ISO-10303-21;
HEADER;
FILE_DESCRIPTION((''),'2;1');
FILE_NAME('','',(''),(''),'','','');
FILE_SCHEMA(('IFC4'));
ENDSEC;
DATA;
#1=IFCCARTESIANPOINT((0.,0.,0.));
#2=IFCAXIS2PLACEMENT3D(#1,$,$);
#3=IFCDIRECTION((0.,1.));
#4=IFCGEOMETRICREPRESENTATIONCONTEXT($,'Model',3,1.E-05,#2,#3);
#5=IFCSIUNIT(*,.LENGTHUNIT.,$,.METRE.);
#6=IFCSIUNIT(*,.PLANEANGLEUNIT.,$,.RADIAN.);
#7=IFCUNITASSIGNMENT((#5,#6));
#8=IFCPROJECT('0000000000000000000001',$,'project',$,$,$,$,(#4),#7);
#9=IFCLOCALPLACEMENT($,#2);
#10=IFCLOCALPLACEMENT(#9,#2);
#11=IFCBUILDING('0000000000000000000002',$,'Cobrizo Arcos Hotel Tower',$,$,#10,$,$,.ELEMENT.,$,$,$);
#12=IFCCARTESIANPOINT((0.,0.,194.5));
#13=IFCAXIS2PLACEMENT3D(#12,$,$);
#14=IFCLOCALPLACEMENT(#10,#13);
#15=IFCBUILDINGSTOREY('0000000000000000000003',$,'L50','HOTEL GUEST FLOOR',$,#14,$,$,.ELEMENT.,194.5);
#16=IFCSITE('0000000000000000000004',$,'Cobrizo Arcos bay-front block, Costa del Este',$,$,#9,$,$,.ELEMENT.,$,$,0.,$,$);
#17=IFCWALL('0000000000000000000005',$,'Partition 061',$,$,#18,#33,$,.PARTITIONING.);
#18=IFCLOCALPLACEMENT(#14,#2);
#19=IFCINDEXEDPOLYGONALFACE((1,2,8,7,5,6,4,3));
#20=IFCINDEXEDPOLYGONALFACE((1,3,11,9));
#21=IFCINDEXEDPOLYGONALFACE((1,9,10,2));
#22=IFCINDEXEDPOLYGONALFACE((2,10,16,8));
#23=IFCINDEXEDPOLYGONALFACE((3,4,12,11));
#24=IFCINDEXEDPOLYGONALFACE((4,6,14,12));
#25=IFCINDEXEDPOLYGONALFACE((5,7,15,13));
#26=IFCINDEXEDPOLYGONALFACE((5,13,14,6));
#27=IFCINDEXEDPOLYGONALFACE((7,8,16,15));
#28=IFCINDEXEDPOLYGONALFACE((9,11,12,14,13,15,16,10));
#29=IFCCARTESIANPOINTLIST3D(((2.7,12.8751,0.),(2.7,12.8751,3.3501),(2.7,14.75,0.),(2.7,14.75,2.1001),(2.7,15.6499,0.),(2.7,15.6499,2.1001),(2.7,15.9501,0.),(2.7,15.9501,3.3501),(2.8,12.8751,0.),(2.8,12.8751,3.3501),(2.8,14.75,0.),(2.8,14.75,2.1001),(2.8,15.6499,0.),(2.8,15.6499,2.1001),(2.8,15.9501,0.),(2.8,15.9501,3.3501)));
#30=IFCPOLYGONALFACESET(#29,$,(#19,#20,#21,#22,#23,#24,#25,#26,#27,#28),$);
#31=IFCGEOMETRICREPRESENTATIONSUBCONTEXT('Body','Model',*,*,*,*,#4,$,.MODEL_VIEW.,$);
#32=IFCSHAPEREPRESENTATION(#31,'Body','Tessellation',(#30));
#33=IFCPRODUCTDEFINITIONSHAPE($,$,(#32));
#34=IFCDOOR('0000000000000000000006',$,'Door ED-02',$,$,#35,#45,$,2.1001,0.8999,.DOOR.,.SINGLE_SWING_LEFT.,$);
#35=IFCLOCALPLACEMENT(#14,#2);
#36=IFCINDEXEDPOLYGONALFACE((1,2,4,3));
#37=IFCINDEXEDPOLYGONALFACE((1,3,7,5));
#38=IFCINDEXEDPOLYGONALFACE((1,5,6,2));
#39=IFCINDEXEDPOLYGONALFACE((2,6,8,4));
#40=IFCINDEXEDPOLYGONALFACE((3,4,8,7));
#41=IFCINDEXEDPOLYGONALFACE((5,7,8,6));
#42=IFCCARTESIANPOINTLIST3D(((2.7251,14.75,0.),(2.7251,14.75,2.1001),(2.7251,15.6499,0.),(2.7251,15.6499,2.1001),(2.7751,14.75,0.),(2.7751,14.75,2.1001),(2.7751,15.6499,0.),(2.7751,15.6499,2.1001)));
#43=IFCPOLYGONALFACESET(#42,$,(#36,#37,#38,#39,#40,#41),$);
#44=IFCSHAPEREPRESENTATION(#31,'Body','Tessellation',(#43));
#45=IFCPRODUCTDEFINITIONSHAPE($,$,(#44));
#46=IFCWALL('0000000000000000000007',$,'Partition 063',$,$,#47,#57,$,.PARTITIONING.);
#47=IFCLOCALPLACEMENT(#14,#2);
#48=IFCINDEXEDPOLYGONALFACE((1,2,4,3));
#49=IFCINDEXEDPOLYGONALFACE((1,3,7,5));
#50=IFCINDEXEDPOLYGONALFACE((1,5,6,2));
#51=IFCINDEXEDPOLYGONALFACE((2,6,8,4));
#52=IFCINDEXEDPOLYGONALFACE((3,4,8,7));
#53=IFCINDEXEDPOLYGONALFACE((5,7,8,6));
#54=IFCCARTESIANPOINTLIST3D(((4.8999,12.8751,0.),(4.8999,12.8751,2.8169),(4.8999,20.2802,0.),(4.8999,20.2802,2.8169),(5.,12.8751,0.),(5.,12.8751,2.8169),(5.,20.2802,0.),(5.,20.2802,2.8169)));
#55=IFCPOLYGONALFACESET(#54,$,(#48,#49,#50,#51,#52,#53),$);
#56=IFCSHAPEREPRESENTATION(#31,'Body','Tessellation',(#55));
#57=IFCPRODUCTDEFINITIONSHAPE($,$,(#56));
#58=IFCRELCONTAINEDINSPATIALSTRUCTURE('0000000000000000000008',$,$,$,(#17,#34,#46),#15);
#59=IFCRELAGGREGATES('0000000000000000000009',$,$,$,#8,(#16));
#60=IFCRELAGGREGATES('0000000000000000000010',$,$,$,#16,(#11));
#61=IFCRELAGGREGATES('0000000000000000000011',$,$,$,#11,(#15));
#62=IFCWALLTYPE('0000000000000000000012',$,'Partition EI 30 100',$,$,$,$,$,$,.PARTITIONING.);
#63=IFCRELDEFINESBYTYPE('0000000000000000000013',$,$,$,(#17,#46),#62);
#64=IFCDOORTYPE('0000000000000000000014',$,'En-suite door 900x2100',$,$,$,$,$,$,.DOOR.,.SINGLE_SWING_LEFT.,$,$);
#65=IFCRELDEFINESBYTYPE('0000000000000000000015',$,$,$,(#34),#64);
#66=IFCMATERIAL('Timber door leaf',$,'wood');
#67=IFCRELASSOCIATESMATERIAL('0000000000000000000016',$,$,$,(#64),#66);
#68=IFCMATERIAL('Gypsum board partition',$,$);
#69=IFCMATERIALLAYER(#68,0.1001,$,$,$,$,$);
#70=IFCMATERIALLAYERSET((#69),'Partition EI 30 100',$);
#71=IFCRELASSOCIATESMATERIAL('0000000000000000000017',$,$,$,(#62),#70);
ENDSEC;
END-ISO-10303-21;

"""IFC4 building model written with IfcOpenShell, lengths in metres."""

from ifc_helpers import new_model, si_unit, direction, frame, frame_2d, origin, place, context, subcontext, project, spatial, rectangle, extrude, material, layer, layer_set, type_object, element, fill, save


model = new_model("IFC4")

# Units and contexts
model_context = context("Model", 3, precision=1e-05, world=origin(), true_north=direction((0.0, 1.0)))
body_context = subcontext(model_context, "Body", "Model", "MODEL_VIEW")
ifc_project = project(units=[si_unit("LENGTHUNIT", "METRE"), si_unit("PLANEANGLEUNIT", "RADIAN")], contexts=[model_context])

# Site, building, storey
site_placement = place(None, origin())
site = spatial("IfcSite", under=ifc_project, at=site_placement, Name="Cobrizo Arcos bay-front block, Costa del Este", CompositionType="ELEMENT", RefElevation=0.0)
building_placement = place(site_placement, origin())
building = spatial("IfcBuilding", under=site, at=building_placement, Name="Cobrizo Arcos Hotel Tower", CompositionType="ELEMENT")
storey_placement = place(building_placement, frame((0.0, 0.0, 194.5)))
storey = spatial("IfcBuildingStorey", under=building, at=storey_placement, Name="L50", Description="HOTEL GUEST FLOOR", CompositionType="ELEMENT", Elevation=194.5)

# Shared definitions
ifc_material_1 = material(Name="Gypsum board partition")

# Shared definitions
ifc_material_2 = material(Name="Timber door leaf", Category="wood")
door_type = type_object("IfcDoorType", Name="En-suite door 900x2100", OperationType="SINGLE_SWING_LEFT", PredefinedType="DOOR", material=ifc_material_2)

# Shared definitions
ifc_layer_1 = layer(ifc_material_1, 0.1001)
ifc_layer_set_1 = layer_set([ifc_layer_1], Name="Partition EI 30 100")
wall_type_1 = type_object("IfcWallType", Name="Partition EI 30 100", PredefinedType="PARTITIONING", material=ifc_layer_set_1)

# Wall, opening, door
wall_1_placement = place(storey_placement, frame((2.75, 12.875, 0.0), z_axis=(0.0, 0.0, 1.0), x_axis=(0.0, 1.0, 0.0)))
wall_1 = element("IfcWall", 1, at=wall_1_placement, inside=storey, type_object=wall_type_1, Name="Partition 061", PredefinedType="PARTITIONING", context=body_context, shape_type="SweptSolid", body=[
    extrude(rectangle(XDim=3.075, YDim=0.1001, at=frame_2d((1.5376, 0.0))), origin(), (0.0, 0.0, 1.0), 3.3501),
])
opening_1_placement = place(wall_1_placement, frame((1.875, 0.0, 0.0)))
opening_1 = element("IfcOpeningElement", 2, at=opening_1_placement, cuts=wall_1, PredefinedType="OPENING", context=body_context, shape_type="SweptSolid", body=[
    extrude(rectangle(XDim=0.8999, YDim=2.1001, at=frame_2d((0.45, 1.05))), frame((0.0, 0.062, 0.0), z_axis=(0.0, -1.0, 0.0), x_axis=(1.0, 0.0, 0.0)), (0.0, 0.0, 1.0), 0.124),
])
door_1_placement = place(opening_1_placement, origin())
door_1 = element("IfcDoor", 3, at=door_1_placement, inside=storey, type_object=door_type, Name="Door ED-02", OperationType="SINGLE_SWING_LEFT", OverallHeight=2.1001, OverallWidth=0.8999, PredefinedType="DOOR", context=body_context, shape_type="SweptSolid", body=[
    extrude(rectangle(XDim=0.8999, YDim=2.1001, at=frame_2d((0.45, 1.05))), frame((0.0, 0.0249, 0.0), z_axis=(0.0, -1.0, 0.0), x_axis=(1.0, 0.0, 0.0)), (0.0, 0.0, 1.0), 0.05),
])
fill(opening_1, door_1)

# Wall
wall_2_placement = place(storey_placement, frame((4.95, 12.875, 0.0), z_axis=(0.0, 0.0, 1.0), x_axis=(0.0, 1.0, 0.0)))
element("IfcWall", 4, at=wall_2_placement, inside=storey, type_object=wall_type_1, Name="Partition 063", PredefinedType="PARTITIONING", context=body_context, shape_type="SweptSolid", body=[
    extrude(rectangle(XDim=7.405, YDim=0.1001, at=frame_2d((3.7026, 0.0))), origin(), (0.0, 0.0, 1.0), 2.8169),
])

save(model, "model.ifc")
